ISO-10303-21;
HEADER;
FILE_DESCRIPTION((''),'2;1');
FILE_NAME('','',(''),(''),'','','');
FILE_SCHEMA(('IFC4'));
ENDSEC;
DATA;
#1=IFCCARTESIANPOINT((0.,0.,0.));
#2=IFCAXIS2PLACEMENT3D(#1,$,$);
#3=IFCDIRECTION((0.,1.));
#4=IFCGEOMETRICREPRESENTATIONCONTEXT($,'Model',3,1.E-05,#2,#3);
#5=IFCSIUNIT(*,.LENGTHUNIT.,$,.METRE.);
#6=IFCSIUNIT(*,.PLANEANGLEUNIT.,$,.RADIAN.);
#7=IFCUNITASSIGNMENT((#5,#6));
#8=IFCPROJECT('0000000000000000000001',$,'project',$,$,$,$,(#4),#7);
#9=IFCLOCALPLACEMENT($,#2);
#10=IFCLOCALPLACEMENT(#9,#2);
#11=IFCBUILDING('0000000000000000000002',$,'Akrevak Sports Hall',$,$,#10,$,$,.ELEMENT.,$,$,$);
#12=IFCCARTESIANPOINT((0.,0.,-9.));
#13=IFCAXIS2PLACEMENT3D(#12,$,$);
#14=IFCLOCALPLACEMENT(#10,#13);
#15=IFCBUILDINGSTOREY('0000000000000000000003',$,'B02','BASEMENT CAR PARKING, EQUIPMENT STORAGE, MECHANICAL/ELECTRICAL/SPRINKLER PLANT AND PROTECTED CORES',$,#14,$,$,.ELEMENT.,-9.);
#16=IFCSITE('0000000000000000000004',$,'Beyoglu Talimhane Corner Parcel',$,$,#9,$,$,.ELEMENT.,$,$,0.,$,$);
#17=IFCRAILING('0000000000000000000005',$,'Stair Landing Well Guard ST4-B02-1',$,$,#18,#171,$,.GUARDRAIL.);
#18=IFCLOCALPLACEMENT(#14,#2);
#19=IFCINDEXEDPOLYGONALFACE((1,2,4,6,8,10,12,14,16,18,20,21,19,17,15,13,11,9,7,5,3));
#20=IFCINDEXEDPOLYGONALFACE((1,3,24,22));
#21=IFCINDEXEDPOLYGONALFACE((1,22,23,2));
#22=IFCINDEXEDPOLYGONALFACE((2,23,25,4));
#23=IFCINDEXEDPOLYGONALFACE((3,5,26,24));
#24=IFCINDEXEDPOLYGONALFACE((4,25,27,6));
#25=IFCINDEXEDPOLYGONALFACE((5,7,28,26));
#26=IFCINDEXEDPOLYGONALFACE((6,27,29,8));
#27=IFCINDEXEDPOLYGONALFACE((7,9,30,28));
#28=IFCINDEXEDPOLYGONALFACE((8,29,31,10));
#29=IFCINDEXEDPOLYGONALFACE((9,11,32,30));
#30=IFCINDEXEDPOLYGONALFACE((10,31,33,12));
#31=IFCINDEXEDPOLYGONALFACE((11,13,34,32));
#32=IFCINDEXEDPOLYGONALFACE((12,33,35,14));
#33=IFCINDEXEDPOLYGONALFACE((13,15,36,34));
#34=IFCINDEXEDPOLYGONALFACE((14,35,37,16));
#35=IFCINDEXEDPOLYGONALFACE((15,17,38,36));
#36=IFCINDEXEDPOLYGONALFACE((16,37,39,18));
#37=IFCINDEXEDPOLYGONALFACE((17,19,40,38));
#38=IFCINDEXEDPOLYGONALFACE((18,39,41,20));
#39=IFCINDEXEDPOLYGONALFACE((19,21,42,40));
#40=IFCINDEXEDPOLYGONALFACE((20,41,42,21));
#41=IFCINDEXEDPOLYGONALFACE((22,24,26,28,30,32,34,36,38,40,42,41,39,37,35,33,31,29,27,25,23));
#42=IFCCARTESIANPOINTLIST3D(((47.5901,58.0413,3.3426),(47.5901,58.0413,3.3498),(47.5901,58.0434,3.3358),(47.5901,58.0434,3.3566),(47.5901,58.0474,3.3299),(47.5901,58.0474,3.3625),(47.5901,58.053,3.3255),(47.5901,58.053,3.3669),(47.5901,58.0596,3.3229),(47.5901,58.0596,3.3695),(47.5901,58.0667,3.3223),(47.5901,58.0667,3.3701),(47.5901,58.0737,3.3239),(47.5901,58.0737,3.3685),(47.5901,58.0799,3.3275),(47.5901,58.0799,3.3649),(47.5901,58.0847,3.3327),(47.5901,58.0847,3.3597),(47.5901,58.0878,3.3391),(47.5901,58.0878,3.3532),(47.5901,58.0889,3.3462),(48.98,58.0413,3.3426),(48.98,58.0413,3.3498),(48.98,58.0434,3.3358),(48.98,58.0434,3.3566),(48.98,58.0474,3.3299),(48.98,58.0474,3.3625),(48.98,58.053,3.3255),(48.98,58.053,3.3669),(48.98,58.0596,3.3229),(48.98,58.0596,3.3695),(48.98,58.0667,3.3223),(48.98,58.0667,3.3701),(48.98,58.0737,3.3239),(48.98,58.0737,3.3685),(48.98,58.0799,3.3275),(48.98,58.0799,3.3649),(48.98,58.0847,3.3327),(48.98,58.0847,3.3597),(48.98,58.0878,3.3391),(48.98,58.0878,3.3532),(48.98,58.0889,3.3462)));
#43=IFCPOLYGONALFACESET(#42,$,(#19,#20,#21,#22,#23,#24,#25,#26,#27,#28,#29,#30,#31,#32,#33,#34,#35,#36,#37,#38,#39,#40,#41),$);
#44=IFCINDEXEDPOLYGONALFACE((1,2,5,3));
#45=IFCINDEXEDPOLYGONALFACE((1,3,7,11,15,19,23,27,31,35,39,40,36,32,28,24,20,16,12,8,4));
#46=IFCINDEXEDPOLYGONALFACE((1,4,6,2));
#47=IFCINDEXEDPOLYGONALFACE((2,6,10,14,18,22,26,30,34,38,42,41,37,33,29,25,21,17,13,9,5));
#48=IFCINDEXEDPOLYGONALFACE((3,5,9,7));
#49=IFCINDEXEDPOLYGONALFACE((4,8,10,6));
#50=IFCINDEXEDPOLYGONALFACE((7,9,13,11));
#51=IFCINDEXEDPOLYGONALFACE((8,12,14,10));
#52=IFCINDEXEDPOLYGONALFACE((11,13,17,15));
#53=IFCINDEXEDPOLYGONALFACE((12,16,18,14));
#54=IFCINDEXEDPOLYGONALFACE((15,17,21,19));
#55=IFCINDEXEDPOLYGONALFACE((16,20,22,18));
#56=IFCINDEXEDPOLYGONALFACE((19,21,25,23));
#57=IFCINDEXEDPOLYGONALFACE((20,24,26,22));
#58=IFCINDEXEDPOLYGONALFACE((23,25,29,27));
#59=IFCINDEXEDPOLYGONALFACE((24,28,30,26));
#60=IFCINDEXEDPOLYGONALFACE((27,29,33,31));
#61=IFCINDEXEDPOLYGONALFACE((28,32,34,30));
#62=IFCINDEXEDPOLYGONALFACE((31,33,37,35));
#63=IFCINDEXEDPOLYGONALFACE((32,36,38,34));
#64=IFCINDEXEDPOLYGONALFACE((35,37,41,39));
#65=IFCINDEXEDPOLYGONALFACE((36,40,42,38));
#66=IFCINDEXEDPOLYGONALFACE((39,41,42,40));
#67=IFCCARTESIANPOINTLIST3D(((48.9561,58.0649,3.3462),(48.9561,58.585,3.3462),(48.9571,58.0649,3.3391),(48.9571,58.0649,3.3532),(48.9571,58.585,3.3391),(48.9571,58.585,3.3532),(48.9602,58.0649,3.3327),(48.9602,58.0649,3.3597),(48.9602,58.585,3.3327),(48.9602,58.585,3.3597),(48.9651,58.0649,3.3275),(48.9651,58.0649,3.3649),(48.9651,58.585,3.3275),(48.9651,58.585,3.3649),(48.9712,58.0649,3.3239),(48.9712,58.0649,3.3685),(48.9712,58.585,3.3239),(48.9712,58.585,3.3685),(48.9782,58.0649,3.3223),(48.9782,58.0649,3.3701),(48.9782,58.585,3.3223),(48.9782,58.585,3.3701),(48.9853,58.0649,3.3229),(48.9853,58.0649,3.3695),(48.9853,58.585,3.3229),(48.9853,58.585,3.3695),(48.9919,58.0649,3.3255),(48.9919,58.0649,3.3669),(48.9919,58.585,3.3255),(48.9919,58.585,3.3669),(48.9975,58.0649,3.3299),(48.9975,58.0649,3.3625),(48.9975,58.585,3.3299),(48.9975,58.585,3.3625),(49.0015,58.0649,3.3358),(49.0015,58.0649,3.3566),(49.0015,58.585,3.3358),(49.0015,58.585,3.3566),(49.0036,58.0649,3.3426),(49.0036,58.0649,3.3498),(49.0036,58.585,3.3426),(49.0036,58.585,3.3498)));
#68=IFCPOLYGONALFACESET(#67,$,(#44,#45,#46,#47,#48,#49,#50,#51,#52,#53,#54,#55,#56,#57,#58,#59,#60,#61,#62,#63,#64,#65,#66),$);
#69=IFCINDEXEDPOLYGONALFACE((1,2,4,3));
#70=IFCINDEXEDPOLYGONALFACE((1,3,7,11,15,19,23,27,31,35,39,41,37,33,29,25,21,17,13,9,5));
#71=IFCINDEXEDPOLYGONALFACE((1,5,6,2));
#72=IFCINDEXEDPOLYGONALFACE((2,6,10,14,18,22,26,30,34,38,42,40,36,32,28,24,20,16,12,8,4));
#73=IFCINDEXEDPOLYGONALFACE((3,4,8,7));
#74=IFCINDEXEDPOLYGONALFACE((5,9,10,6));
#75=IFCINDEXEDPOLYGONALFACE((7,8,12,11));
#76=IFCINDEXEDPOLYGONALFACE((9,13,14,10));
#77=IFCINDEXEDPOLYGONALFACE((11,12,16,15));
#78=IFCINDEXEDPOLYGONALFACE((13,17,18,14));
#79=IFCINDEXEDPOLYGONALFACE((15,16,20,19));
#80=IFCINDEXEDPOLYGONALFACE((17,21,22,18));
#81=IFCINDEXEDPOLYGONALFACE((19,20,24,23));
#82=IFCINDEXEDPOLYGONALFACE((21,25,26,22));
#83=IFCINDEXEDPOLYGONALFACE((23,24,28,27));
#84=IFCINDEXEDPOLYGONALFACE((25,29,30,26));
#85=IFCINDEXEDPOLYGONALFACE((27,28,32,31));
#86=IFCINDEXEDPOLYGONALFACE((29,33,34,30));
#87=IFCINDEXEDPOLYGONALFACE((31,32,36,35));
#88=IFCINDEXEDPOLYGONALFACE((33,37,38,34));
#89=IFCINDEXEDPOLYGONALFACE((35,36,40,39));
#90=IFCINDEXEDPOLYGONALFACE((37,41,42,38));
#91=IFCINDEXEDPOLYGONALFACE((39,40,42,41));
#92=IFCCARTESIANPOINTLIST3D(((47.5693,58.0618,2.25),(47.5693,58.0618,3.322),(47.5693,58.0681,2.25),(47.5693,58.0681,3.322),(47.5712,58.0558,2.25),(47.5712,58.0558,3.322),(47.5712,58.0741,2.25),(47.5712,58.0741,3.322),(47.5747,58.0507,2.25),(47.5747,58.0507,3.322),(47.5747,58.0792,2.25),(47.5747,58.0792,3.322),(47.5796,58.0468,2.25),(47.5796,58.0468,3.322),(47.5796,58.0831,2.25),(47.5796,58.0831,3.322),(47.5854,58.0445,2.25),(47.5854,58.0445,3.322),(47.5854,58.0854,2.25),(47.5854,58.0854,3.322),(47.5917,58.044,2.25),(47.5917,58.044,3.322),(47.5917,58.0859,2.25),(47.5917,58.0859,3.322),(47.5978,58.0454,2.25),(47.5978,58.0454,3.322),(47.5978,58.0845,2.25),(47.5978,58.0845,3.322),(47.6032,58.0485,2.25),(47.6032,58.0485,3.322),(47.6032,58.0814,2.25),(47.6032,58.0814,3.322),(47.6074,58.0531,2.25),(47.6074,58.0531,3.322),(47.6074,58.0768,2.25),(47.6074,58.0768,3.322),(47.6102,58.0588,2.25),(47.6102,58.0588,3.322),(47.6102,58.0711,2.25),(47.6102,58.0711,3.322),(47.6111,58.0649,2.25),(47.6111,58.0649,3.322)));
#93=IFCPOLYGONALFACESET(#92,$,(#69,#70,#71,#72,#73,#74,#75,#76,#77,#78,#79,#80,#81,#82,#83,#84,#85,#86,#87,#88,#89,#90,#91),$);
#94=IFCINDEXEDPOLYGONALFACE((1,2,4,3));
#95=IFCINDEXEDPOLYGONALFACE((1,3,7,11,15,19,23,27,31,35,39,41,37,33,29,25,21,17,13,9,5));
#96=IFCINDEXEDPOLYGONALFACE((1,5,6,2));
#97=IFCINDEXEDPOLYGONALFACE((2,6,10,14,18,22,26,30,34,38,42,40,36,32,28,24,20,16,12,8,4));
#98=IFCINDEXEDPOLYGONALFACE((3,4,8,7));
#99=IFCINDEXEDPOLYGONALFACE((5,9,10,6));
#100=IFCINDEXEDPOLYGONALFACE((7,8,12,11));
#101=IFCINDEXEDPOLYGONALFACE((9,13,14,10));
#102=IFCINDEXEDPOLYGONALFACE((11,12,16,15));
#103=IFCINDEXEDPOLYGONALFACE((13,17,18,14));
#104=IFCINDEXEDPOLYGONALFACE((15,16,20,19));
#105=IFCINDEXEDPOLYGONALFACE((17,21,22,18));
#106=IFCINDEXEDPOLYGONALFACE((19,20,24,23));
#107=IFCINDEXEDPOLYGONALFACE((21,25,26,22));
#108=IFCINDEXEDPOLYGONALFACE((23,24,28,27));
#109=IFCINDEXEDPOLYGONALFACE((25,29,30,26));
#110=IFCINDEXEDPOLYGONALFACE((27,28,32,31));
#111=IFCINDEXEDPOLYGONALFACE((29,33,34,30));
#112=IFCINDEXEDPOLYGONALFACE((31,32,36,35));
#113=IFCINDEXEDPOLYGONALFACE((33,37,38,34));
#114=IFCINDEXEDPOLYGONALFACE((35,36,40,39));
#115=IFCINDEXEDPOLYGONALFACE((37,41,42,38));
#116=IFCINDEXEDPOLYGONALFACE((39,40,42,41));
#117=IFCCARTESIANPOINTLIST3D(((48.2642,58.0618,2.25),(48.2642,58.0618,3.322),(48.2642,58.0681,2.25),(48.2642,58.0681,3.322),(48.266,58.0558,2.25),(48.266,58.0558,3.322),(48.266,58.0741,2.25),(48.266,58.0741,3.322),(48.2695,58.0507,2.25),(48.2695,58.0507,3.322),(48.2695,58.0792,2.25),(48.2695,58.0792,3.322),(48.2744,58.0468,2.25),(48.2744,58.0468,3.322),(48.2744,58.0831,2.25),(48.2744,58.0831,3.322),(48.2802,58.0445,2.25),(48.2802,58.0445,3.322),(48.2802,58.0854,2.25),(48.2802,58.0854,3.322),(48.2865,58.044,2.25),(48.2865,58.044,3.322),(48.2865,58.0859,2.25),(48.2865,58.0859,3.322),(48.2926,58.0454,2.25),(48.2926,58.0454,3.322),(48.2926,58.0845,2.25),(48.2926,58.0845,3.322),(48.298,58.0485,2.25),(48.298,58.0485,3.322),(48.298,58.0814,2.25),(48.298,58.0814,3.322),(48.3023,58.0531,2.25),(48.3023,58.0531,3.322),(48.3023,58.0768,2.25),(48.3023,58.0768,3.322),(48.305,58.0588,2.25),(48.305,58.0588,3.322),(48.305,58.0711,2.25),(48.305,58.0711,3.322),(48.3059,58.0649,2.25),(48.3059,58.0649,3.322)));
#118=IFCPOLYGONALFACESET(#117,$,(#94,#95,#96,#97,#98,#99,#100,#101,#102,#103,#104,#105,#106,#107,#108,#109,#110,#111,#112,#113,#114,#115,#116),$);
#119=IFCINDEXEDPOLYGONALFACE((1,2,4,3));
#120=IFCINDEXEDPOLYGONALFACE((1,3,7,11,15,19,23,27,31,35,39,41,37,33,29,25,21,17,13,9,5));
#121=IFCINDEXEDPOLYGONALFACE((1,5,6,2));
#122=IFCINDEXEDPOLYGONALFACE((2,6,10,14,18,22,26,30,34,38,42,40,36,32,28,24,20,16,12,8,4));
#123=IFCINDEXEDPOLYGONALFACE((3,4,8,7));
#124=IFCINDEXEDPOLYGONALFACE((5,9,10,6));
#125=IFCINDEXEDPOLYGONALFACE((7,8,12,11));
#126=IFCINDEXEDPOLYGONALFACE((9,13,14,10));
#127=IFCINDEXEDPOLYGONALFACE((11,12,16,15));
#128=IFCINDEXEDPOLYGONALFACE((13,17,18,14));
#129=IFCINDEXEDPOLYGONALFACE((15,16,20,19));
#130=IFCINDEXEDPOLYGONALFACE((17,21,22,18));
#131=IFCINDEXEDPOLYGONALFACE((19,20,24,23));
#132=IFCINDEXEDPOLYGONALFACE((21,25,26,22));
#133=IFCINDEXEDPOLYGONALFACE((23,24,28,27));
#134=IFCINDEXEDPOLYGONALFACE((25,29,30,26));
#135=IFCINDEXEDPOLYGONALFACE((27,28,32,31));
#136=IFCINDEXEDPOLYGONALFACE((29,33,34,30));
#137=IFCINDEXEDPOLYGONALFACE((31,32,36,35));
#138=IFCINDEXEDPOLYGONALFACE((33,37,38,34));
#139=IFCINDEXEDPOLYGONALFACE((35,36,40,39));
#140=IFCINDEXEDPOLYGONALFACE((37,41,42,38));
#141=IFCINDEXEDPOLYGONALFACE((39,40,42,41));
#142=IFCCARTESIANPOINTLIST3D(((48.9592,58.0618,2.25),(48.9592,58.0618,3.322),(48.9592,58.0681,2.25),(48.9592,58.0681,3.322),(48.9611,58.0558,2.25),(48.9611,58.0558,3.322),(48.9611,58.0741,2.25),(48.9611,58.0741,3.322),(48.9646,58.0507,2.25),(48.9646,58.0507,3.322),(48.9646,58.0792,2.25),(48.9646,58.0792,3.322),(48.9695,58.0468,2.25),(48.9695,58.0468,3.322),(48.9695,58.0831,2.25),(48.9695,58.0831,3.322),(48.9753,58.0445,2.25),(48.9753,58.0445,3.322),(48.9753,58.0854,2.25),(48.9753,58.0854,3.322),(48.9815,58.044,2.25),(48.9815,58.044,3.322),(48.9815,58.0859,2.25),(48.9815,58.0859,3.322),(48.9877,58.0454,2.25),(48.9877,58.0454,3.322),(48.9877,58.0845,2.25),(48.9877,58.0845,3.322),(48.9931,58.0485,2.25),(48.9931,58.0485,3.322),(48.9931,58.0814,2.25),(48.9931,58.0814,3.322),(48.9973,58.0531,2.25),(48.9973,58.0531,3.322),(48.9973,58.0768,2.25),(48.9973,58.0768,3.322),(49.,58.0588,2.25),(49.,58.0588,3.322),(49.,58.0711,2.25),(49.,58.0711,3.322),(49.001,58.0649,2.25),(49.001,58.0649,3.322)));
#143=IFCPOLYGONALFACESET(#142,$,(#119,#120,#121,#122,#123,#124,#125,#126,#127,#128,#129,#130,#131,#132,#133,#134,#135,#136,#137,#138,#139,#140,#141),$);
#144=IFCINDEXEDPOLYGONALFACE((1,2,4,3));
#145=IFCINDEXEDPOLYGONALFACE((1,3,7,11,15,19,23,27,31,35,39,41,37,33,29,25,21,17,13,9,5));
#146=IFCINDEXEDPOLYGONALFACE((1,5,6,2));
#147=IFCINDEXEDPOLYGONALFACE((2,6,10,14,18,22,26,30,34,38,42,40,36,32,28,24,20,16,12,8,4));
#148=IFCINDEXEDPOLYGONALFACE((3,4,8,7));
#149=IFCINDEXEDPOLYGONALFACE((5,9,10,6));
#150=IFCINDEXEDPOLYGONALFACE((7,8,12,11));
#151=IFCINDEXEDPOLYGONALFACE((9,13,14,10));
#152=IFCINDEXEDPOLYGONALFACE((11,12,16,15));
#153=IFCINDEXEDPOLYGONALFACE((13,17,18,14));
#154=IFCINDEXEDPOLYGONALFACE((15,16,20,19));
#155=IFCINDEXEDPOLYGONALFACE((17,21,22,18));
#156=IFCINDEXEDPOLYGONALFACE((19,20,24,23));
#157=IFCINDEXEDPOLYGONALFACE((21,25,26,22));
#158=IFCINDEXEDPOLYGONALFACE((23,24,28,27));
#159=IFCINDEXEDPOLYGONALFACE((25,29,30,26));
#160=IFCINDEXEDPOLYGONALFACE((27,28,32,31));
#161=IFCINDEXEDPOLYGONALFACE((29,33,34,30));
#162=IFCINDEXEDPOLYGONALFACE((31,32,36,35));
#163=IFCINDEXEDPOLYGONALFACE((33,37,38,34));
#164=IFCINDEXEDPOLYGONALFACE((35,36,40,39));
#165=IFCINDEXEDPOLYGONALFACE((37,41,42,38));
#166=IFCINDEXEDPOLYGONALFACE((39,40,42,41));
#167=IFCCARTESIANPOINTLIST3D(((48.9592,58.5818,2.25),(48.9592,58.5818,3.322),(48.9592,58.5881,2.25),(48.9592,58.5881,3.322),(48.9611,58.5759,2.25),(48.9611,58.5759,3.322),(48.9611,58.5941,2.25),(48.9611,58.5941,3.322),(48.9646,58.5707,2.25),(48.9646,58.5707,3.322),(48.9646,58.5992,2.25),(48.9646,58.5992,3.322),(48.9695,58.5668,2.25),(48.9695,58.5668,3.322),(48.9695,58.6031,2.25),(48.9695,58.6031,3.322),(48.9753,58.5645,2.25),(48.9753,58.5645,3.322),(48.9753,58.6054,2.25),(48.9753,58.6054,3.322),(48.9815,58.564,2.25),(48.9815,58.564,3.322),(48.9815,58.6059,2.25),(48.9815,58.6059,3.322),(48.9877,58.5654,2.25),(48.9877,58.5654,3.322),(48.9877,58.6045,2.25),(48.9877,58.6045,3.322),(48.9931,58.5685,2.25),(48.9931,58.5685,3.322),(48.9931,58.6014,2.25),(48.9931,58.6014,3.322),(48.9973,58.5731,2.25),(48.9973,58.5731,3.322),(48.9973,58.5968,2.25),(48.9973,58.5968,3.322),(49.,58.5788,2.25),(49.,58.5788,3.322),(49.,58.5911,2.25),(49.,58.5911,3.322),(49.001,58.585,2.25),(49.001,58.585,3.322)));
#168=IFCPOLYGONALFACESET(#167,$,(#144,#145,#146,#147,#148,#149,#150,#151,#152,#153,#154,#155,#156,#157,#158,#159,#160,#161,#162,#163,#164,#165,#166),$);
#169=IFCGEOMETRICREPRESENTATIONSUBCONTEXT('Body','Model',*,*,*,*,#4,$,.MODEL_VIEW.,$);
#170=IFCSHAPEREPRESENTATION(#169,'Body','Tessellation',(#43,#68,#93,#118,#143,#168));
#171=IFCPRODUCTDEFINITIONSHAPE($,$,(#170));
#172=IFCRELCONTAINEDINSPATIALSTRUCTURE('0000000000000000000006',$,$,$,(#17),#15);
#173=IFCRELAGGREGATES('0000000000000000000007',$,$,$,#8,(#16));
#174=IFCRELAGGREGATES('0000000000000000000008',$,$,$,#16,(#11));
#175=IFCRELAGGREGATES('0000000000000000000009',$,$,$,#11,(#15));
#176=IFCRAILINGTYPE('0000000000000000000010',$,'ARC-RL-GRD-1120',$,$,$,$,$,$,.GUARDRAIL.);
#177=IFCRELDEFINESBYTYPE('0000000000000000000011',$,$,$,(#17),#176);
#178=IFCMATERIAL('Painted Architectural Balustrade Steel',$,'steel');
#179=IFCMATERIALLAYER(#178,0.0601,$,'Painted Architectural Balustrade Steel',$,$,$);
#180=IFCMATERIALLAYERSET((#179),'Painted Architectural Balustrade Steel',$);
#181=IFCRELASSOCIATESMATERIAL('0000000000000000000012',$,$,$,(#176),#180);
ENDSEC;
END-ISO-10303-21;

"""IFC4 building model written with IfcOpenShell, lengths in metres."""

from ifc_helpers import new_model, si_unit, direction, frame, origin, origin_2d, place, context, subcontext, project, spatial, circle, extrude, material, layer, layer_set, type_object, element, save


model = new_model("IFC4")

# Units and contexts
model_context = context("Model", 3, precision=1e-05, world=origin(), true_north=direction((0.0, 1.0)))
body_context = subcontext(model_context, "Body", "Model", "MODEL_VIEW")
ifc_project = project(units=[si_unit("LENGTHUNIT", "METRE"), si_unit("PLANEANGLEUNIT", "RADIAN")], contexts=[model_context])

# Site, building, storey
site_placement = place(None, origin())
site = spatial("IfcSite", under=ifc_project, at=site_placement, Name="Beyoglu Talimhane Corner Parcel", CompositionType="ELEMENT", RefElevation=0.0)
building_placement = place(site_placement, origin())
building = spatial("IfcBuilding", under=site, at=building_placement, Name="Akrevak Sports Hall", CompositionType="ELEMENT")
storey_placement = place(building_placement, frame((0.0, 0.0, -9.0)))
storey = spatial("IfcBuildingStorey", under=building, at=storey_placement, Name="B02", Description="BASEMENT CAR PARKING, EQUIPMENT STORAGE, MECHANICAL/ELECTRICAL/SPRINKLER PLANT AND PROTECTED CORES", CompositionType="ELEMENT", Elevation=-9.0)

# Railing
ifc_material_1 = material(Name="Painted Architectural Balustrade Steel", Category="steel")
ifc_layer_1 = layer(ifc_material_1, 0.0601, Name="Painted Architectural Balustrade Steel")
ifc_layer_set_1 = layer_set([ifc_layer_1], Name="Painted Architectural Balustrade Steel")
railing_type_1 = type_object("IfcRailingType", Name="ARC-RL-GRD-1120", PredefinedType="GUARDRAIL", material=ifc_layer_set_1)
railing_1_placement = place(storey_placement, frame((47.5901, 58.0649, 2.25)))
element("IfcRailing", 1, at=railing_1_placement, inside=storey, type_object=railing_type_1, Name="Stair Landing Well Guard ST4-B02-1", PredefinedType="GUARDRAIL", context=body_context, shape_type="SweptSolid", body=[
    extrude(circle(Radius=0.0239, at=origin_2d()), frame((0.0, 0.0, 1.0962), z_axis=(1.0, 0.0, 0.0), x_axis=(0.0, 1.0, 0.0)), (0.0, 0.0, 1.0), 1.3899),
    extrude(circle(Radius=0.0239, at=origin_2d()), frame((1.3899, 0.0, 1.0962), z_axis=(0.0, 1.0, 0.0), x_axis=(-1.0, 0.0, 0.0)), (0.0, 0.0, 1.0), 0.52),
    extrude(circle(Radius=0.021, at=origin_2d()), origin(), (0.0, 0.0, 1.0), 1.072),
    extrude(circle(Radius=0.021, at=origin_2d()), frame((0.6948, 0.0, 0.0)), (0.0, 0.0, 1.0), 1.072),
    extrude(circle(Radius=0.021, at=origin_2d()), frame((1.3899, 0.0, 0.0)), (0.0, 0.0, 1.0), 1.072),
    extrude(circle(Radius=0.021, at=origin_2d()), frame((1.3899, 0.52, 0.0)), (0.0, 0.0, 1.0), 1.072),
])

save(model, "model.ifc")
